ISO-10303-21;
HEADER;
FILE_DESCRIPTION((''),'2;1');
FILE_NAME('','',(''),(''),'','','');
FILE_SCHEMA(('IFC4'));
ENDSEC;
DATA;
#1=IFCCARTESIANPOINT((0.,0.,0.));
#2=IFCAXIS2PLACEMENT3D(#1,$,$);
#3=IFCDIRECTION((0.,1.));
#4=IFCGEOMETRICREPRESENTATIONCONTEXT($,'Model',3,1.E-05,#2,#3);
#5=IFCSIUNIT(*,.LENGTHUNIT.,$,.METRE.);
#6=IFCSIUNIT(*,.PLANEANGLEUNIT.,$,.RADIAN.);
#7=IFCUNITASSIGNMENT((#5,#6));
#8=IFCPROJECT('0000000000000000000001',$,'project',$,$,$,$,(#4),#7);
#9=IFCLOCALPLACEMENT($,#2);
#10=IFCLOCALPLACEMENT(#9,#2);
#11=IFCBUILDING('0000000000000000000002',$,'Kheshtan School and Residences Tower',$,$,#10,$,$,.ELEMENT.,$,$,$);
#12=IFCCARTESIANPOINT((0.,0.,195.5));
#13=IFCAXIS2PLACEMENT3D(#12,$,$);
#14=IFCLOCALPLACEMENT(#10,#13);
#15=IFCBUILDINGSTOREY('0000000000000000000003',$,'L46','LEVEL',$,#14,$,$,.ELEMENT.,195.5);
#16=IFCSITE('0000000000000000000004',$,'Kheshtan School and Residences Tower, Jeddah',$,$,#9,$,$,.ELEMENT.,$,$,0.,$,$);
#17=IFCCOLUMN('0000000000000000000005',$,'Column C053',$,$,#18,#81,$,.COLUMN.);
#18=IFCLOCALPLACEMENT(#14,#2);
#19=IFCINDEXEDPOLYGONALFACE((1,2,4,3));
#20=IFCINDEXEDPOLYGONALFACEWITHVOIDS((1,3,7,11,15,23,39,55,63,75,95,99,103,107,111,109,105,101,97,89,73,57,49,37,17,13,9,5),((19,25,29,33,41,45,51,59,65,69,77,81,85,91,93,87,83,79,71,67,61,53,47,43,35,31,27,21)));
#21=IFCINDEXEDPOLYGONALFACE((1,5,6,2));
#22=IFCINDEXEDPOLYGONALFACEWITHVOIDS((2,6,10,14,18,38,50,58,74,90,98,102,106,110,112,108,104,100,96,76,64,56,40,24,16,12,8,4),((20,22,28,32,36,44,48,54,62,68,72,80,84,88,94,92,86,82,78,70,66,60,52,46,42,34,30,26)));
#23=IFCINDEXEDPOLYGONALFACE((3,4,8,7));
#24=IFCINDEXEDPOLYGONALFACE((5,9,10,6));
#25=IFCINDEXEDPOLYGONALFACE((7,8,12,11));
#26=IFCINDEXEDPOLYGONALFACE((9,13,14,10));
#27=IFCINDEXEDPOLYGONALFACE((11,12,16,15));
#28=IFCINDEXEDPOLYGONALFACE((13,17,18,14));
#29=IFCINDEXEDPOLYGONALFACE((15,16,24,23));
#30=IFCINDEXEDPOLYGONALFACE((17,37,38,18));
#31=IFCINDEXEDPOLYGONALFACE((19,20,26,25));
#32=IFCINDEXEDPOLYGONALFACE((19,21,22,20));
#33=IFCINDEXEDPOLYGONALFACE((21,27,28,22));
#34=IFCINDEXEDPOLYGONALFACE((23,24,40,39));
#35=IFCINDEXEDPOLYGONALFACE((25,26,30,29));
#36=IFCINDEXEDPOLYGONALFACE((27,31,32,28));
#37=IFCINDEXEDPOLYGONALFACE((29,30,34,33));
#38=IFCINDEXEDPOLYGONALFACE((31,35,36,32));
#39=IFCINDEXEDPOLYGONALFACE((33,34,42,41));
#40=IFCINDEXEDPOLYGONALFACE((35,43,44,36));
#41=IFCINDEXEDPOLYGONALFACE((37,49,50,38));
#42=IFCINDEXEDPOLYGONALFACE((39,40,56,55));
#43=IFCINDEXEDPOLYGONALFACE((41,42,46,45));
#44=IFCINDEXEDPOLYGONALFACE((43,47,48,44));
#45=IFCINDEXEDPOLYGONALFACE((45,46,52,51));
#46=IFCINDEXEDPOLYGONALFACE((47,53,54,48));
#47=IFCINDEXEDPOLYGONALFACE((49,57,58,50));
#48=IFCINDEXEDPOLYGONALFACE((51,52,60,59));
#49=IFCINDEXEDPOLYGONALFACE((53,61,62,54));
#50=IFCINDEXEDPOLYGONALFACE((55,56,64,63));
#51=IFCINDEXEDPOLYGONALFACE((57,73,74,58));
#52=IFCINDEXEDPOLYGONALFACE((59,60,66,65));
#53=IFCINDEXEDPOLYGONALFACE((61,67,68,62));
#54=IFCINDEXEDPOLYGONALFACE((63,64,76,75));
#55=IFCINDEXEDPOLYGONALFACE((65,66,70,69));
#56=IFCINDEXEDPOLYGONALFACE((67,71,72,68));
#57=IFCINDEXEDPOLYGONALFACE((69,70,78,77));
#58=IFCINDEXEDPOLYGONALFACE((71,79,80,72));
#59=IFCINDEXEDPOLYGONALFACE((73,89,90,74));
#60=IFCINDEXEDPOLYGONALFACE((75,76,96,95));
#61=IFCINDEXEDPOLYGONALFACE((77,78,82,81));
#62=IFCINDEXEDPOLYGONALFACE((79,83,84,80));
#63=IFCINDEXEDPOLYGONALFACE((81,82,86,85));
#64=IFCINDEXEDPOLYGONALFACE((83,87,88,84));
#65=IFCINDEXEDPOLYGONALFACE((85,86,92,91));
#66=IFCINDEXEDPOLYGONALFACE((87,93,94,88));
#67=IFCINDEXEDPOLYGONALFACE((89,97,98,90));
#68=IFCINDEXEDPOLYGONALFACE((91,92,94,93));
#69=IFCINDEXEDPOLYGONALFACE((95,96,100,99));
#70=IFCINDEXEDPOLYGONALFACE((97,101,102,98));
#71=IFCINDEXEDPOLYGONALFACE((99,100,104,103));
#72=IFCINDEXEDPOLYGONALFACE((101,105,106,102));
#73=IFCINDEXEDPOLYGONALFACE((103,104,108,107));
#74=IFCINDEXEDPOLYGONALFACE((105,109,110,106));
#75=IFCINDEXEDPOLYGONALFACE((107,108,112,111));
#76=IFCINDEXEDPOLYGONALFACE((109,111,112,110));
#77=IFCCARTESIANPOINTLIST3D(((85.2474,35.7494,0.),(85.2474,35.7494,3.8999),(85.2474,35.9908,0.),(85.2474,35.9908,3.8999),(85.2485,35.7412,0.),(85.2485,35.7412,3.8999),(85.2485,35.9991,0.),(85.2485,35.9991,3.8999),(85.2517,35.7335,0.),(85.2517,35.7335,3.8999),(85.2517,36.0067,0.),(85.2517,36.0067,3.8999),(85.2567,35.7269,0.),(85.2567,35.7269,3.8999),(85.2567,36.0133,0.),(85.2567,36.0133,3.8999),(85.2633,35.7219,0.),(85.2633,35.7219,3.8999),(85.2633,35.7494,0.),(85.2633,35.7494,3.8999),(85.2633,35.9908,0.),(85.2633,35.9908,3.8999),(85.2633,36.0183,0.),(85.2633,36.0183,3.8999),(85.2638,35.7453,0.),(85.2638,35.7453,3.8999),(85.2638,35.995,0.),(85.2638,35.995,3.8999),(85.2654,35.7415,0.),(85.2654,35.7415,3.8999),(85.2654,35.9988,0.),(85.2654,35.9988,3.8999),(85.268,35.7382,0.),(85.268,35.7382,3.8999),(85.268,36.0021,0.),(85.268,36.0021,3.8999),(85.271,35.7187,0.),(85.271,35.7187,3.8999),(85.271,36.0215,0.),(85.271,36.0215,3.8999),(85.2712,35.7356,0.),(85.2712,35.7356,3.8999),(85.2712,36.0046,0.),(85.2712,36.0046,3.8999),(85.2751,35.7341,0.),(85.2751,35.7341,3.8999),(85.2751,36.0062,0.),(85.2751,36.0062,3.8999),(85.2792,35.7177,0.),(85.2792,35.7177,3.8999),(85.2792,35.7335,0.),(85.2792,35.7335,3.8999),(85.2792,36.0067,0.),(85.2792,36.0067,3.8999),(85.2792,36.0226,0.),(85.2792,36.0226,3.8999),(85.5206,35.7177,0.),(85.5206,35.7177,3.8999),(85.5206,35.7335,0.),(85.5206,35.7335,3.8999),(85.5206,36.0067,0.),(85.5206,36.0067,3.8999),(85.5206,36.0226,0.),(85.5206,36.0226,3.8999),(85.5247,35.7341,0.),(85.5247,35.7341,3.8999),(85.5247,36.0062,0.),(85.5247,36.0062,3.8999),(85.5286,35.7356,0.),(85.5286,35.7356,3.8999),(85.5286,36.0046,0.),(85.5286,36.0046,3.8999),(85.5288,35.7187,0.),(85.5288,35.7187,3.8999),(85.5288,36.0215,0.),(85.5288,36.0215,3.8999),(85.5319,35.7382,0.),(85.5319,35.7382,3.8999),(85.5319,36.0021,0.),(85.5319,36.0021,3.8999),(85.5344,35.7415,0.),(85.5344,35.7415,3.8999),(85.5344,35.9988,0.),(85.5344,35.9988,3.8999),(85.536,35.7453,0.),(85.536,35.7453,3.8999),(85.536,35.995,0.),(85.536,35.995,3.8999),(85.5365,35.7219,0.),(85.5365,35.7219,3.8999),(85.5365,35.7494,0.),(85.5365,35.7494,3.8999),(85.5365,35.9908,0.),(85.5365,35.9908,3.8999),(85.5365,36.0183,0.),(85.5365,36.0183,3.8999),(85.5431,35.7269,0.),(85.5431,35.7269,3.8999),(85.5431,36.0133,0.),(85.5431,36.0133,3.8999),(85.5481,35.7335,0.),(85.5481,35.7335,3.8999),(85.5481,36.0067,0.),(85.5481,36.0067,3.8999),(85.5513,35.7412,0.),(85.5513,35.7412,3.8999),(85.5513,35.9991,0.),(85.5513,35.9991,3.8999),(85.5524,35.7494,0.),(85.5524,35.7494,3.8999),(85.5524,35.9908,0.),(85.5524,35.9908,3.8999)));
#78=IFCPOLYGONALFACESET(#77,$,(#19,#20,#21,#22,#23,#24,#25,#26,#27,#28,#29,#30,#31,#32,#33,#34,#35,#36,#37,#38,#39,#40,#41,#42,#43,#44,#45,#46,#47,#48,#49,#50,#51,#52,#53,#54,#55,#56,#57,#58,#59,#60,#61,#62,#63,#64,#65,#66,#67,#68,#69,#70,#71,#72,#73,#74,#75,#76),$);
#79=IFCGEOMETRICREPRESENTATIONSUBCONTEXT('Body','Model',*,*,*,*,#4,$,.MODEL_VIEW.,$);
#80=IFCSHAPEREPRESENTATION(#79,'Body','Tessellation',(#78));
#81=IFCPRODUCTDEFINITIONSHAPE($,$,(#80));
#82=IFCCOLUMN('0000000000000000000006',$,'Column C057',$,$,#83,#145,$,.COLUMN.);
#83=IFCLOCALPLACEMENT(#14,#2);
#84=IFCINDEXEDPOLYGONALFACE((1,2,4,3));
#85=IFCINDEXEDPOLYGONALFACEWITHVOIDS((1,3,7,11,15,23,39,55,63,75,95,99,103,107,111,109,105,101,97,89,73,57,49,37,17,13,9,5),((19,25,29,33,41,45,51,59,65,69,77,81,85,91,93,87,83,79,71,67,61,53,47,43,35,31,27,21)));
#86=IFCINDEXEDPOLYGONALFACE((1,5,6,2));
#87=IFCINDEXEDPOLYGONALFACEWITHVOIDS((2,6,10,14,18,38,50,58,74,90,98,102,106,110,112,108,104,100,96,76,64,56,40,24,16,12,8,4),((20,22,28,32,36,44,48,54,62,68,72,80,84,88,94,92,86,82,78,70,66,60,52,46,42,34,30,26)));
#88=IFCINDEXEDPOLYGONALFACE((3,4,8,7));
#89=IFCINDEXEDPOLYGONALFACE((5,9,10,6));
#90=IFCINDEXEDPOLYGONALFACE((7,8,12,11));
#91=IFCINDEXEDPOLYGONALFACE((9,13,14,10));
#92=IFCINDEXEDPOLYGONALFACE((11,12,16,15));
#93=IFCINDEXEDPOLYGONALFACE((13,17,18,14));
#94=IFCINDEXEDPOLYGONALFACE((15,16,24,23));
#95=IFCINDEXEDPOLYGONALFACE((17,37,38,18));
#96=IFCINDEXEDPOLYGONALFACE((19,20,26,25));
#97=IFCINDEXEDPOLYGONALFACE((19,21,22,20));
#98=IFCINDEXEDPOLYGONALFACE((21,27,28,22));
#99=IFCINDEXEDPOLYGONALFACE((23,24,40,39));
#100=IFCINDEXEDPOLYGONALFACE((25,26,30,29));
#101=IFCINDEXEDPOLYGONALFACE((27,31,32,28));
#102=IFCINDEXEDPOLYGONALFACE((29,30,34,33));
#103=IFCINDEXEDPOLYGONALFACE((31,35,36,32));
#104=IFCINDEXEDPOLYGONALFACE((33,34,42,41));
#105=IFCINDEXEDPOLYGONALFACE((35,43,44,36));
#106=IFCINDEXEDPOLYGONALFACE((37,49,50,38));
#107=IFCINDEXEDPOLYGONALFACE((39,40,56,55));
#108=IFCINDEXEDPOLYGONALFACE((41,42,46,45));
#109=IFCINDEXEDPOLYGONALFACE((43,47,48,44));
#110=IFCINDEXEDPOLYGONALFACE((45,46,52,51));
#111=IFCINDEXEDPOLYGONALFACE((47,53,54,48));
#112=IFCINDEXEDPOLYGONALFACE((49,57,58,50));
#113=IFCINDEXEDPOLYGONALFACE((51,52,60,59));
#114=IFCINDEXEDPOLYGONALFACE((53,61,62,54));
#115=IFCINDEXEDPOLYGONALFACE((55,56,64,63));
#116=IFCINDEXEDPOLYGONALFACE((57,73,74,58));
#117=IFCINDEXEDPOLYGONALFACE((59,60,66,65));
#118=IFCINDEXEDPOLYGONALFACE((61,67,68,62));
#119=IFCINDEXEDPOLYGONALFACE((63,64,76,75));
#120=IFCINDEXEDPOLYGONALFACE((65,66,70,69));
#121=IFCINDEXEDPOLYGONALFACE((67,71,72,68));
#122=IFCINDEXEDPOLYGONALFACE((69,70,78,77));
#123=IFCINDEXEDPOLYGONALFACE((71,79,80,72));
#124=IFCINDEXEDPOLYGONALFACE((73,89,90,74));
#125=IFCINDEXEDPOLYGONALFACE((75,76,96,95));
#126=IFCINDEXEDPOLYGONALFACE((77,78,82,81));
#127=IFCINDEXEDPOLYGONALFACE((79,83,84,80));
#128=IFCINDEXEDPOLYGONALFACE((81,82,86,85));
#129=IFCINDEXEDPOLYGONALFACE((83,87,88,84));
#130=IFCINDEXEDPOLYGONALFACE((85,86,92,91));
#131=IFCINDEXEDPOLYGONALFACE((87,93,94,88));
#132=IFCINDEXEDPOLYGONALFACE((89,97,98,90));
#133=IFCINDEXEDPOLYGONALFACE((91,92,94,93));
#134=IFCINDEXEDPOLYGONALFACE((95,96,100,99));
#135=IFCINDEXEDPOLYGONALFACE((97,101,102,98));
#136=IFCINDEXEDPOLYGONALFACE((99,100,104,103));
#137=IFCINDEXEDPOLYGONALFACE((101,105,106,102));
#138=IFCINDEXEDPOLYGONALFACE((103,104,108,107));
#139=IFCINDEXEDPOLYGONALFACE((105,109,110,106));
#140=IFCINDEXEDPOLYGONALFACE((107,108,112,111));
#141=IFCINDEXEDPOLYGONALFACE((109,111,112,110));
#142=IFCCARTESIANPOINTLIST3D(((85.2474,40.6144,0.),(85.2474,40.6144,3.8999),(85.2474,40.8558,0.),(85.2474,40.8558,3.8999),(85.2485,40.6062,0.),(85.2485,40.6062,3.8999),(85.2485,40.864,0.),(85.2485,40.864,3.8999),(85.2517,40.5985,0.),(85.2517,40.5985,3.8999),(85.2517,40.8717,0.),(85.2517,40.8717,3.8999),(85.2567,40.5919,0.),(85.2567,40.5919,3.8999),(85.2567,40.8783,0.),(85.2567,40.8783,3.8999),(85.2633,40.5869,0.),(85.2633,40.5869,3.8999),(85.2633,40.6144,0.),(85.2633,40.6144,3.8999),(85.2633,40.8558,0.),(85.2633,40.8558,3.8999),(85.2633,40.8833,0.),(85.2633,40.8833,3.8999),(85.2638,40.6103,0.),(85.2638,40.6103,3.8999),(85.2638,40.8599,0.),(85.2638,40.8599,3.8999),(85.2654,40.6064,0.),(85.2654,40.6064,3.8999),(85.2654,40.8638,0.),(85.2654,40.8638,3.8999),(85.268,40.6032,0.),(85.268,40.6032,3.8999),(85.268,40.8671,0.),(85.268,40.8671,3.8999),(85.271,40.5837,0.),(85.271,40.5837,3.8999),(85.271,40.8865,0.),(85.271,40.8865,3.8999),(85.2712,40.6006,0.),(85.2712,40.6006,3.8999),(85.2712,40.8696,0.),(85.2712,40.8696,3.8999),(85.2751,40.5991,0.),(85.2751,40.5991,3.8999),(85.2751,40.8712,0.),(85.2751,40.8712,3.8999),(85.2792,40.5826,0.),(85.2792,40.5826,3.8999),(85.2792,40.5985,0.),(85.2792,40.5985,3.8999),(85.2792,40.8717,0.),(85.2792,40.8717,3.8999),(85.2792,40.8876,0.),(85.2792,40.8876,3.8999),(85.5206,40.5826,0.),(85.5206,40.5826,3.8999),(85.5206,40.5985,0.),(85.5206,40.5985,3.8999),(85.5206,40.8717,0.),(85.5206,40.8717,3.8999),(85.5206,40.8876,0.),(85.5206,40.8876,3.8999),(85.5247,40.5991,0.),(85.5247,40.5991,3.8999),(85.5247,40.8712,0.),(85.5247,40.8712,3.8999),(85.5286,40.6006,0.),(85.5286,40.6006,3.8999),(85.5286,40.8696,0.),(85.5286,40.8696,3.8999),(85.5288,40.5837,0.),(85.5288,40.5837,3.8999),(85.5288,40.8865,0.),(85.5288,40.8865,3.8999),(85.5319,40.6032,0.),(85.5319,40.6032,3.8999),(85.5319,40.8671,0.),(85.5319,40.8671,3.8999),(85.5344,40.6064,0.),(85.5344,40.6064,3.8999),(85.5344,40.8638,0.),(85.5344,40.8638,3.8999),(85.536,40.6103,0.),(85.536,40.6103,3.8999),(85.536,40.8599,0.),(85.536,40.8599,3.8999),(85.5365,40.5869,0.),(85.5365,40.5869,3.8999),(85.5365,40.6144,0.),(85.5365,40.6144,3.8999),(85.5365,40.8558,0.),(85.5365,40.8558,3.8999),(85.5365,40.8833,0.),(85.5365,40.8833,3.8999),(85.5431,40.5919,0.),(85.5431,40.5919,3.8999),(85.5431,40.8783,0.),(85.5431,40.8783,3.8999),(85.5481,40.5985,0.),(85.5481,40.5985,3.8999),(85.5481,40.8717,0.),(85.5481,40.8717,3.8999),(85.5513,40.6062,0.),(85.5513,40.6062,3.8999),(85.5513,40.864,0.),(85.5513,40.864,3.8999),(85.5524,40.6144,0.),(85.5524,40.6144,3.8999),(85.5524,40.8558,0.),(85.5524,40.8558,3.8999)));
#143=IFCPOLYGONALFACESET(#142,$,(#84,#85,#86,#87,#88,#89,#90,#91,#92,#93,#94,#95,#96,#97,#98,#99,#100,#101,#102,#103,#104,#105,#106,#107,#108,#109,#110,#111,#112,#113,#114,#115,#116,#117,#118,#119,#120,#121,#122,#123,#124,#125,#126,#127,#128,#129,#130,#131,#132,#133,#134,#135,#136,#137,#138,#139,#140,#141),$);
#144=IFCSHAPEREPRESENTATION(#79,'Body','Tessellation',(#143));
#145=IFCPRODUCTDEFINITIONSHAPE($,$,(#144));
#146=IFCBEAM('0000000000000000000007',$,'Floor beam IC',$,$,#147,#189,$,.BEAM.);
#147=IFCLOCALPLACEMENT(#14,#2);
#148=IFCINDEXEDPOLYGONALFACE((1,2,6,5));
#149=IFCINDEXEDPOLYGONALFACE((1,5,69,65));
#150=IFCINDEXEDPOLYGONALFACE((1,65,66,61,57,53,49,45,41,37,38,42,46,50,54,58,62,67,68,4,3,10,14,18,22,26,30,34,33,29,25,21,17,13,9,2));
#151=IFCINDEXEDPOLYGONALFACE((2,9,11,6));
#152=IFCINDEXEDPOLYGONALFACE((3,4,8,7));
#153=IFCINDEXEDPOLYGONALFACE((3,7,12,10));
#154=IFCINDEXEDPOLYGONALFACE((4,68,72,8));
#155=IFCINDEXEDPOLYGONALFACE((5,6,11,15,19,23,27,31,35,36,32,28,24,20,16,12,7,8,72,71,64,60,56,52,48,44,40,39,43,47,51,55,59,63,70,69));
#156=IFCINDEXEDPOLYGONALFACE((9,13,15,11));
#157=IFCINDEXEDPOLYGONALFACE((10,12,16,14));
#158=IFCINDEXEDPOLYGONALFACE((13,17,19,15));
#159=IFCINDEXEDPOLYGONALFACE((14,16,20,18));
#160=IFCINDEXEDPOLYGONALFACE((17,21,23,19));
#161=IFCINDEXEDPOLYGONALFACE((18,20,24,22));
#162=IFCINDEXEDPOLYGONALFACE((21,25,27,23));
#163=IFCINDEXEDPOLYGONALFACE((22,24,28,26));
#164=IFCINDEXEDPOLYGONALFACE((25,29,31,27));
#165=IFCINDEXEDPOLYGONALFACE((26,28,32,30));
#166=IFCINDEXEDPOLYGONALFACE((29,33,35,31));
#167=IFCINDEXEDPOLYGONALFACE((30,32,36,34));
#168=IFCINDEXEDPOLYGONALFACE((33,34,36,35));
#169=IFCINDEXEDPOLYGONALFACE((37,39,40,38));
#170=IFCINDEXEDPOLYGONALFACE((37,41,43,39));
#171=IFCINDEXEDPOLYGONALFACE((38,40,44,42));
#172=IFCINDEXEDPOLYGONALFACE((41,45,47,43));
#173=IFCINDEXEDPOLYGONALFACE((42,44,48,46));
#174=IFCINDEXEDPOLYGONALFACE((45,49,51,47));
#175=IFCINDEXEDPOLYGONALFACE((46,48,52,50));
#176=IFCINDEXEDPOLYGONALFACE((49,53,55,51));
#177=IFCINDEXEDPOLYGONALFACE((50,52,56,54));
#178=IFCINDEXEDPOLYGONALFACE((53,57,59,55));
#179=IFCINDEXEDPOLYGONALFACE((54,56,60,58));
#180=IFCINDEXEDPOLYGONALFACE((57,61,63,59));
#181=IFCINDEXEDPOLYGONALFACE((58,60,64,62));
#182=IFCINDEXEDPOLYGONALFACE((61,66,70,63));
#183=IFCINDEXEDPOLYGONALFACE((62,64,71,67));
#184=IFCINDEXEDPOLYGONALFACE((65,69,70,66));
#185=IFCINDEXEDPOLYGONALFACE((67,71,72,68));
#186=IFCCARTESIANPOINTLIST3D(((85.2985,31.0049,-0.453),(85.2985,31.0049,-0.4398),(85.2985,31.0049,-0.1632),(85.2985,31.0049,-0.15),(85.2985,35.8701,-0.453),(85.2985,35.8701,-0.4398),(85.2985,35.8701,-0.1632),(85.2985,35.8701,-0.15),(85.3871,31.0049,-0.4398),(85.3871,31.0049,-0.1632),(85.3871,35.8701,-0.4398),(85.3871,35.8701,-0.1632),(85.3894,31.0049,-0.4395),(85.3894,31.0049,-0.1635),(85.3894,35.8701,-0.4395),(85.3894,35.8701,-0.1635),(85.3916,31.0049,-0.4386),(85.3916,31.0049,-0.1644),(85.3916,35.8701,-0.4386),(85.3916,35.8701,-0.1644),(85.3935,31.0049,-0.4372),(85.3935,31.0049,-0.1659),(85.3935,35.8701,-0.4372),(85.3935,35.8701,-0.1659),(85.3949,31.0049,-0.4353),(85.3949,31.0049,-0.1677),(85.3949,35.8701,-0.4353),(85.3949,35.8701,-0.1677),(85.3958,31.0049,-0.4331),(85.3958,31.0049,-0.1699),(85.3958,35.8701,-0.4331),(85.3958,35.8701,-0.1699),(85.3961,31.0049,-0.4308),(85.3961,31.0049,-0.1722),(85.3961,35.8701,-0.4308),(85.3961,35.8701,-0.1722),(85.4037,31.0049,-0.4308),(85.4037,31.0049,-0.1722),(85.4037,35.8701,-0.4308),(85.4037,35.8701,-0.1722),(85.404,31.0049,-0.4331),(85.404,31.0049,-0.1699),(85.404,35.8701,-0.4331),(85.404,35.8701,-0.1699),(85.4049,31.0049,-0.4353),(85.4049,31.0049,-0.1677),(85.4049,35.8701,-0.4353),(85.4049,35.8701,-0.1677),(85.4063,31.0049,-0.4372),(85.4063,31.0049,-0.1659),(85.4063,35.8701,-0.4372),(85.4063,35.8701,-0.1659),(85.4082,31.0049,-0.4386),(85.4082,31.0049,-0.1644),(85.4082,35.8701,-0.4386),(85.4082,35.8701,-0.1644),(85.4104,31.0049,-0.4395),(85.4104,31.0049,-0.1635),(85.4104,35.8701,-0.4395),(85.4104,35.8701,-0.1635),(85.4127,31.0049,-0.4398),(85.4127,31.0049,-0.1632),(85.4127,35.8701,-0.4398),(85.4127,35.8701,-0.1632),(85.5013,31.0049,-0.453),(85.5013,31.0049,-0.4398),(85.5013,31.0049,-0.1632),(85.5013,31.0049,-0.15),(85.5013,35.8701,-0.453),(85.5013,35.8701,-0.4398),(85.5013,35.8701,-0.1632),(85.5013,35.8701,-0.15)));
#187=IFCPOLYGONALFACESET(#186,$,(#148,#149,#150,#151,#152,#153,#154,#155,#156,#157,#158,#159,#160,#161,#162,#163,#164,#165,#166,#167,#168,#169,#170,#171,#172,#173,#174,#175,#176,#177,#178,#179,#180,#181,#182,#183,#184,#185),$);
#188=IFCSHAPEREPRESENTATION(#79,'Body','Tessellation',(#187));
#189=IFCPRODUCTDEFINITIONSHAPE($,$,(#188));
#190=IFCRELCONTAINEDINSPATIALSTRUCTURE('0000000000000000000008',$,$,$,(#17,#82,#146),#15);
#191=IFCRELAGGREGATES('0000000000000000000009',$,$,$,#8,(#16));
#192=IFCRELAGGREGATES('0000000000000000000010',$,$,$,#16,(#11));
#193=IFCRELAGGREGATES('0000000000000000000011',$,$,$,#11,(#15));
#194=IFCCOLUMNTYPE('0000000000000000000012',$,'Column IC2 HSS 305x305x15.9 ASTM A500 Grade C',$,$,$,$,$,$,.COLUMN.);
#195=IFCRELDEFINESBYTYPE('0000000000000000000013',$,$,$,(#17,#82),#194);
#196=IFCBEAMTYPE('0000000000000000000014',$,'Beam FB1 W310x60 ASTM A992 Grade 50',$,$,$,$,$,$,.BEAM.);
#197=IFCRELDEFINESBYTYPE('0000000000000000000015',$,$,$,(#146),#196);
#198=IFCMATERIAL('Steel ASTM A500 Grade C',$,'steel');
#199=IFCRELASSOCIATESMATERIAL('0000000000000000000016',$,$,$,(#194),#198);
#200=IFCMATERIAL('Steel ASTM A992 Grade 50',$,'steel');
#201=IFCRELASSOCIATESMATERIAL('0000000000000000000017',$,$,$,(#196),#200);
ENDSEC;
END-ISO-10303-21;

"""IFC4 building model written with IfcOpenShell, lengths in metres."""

from ifc_helpers import new_model, si_unit, direction, frame, origin, origin_2d, place, context, subcontext, project, spatial, hollow_rectangle, i_section, extrude, material, material_profile, profile_set, type_object, element, save


model = new_model("IFC4")

# Units and contexts
model_context = context("Model", 3, precision=1e-05, world=origin(), true_north=direction((0.0, 1.0)))
body_context = subcontext(model_context, "Body", "Model", "MODEL_VIEW")
ifc_project = project(units=[si_unit("LENGTHUNIT", "METRE"), si_unit("PLANEANGLEUNIT", "RADIAN")], contexts=[model_context])

# Site, building, storey
site_placement = place(None, origin())
site = spatial("IfcSite", under=ifc_project, at=site_placement, Name="Kheshtan School and Residences Tower, Jeddah", CompositionType="ELEMENT", RefElevation=0.0)
building_placement = place(site_placement, origin())
building = spatial("IfcBuilding", under=site, at=building_placement, Name="Kheshtan School and Residences Tower", CompositionType="ELEMENT")
storey_placement = place(building_placement, frame((0.0, 0.0, 195.5)))
storey = spatial("IfcBuildingStorey", under=building, at=storey_placement, Name="L46", Description="LEVEL", CompositionType="ELEMENT", Elevation=195.5)

# Columns
ifc_material_1 = material(Name="Steel ASTM A500 Grade C", Category="steel")
ifc_material_profile_1 = material_profile(ifc_material_1, hollow_rectangle(XDim=0.3049, YDim=0.3049, WallThickness=0.0159, InnerFilletRadius=0.0159, OuterFilletRadius=0.0317, at=origin_2d()), Name="HSS 305x305x15.9")
ifc_profile_set_1 = profile_set([ifc_material_profile_1], Name="Steel ASTM A500 Grade C")
column_type = type_object("IfcColumnType", Name="Column IC2 HSS 305x305x15.9 ASTM A500 Grade C", PredefinedType="COLUMN", material=ifc_profile_set_1)
for number, where, z_axis, x_axis, name in (
    (1, (85.3999, 35.8701, 0.0), (0.0, 0.0, 1.0), (1.0, 0.0, 0.0), "Column C053"),
    (2, (85.3999, 40.7351, 0.0), (0.0, 0.0, 1.0), (1.0, 0.0, 0.0), "Column C057"),
):
    element("IfcColumn", number, at=place(storey_placement, frame(where, z_axis=z_axis, x_axis=x_axis)), inside=storey, type_object=column_type, Name=name, PredefinedType="COLUMN", context=body_context, shape_type="SweptSolid", body=[
        extrude(hollow_rectangle(XDim=0.3049, YDim=0.3049, WallThickness=0.0159, InnerFilletRadius=0.0159, OuterFilletRadius=0.0317, at=origin_2d()), origin(), (0.0, 0.0, 1.0), 3.8999),
    ])

# Beam
ifc_material_2 = material(Name="Steel ASTM A992 Grade 50", Category="steel")
ifc_material_profile_2 = material_profile(ifc_material_2, i_section(OverallWidth=0.2029, OverallDepth=0.303, WebThickness=0.0076, FlangeThickness=0.0132, FilletRadius=0.009, at=origin_2d()), Name="W310x60")
ifc_profile_set_2 = profile_set([ifc_material_profile_2], Name="Steel ASTM A992 Grade 50")
beam_type = type_object("IfcBeamType", Name="Beam FB1 W310x60 ASTM A992 Grade 50", PredefinedType="BEAM", material=ifc_profile_set_2)
beam_1_placement = place(storey_placement, frame((85.3999, 31.0049, -0.3015), z_axis=(0.0, 1.0, 0.0), x_axis=(-1.0, 0.0, 0.0)))
element("IfcBeam", 3, at=beam_1_placement, inside=storey, type_object=beam_type, Name="Floor beam IC", PredefinedType="BEAM", context=body_context, shape_type="SweptSolid", body=[
    extrude(i_section(OverallWidth=0.2029, OverallDepth=0.303, WebThickness=0.0076, FlangeThickness=0.0132, FilletRadius=0.009, at=origin_2d()), origin(), (0.0, 0.0, 1.0), 4.8652),
])

save(model, "model.ifc")
